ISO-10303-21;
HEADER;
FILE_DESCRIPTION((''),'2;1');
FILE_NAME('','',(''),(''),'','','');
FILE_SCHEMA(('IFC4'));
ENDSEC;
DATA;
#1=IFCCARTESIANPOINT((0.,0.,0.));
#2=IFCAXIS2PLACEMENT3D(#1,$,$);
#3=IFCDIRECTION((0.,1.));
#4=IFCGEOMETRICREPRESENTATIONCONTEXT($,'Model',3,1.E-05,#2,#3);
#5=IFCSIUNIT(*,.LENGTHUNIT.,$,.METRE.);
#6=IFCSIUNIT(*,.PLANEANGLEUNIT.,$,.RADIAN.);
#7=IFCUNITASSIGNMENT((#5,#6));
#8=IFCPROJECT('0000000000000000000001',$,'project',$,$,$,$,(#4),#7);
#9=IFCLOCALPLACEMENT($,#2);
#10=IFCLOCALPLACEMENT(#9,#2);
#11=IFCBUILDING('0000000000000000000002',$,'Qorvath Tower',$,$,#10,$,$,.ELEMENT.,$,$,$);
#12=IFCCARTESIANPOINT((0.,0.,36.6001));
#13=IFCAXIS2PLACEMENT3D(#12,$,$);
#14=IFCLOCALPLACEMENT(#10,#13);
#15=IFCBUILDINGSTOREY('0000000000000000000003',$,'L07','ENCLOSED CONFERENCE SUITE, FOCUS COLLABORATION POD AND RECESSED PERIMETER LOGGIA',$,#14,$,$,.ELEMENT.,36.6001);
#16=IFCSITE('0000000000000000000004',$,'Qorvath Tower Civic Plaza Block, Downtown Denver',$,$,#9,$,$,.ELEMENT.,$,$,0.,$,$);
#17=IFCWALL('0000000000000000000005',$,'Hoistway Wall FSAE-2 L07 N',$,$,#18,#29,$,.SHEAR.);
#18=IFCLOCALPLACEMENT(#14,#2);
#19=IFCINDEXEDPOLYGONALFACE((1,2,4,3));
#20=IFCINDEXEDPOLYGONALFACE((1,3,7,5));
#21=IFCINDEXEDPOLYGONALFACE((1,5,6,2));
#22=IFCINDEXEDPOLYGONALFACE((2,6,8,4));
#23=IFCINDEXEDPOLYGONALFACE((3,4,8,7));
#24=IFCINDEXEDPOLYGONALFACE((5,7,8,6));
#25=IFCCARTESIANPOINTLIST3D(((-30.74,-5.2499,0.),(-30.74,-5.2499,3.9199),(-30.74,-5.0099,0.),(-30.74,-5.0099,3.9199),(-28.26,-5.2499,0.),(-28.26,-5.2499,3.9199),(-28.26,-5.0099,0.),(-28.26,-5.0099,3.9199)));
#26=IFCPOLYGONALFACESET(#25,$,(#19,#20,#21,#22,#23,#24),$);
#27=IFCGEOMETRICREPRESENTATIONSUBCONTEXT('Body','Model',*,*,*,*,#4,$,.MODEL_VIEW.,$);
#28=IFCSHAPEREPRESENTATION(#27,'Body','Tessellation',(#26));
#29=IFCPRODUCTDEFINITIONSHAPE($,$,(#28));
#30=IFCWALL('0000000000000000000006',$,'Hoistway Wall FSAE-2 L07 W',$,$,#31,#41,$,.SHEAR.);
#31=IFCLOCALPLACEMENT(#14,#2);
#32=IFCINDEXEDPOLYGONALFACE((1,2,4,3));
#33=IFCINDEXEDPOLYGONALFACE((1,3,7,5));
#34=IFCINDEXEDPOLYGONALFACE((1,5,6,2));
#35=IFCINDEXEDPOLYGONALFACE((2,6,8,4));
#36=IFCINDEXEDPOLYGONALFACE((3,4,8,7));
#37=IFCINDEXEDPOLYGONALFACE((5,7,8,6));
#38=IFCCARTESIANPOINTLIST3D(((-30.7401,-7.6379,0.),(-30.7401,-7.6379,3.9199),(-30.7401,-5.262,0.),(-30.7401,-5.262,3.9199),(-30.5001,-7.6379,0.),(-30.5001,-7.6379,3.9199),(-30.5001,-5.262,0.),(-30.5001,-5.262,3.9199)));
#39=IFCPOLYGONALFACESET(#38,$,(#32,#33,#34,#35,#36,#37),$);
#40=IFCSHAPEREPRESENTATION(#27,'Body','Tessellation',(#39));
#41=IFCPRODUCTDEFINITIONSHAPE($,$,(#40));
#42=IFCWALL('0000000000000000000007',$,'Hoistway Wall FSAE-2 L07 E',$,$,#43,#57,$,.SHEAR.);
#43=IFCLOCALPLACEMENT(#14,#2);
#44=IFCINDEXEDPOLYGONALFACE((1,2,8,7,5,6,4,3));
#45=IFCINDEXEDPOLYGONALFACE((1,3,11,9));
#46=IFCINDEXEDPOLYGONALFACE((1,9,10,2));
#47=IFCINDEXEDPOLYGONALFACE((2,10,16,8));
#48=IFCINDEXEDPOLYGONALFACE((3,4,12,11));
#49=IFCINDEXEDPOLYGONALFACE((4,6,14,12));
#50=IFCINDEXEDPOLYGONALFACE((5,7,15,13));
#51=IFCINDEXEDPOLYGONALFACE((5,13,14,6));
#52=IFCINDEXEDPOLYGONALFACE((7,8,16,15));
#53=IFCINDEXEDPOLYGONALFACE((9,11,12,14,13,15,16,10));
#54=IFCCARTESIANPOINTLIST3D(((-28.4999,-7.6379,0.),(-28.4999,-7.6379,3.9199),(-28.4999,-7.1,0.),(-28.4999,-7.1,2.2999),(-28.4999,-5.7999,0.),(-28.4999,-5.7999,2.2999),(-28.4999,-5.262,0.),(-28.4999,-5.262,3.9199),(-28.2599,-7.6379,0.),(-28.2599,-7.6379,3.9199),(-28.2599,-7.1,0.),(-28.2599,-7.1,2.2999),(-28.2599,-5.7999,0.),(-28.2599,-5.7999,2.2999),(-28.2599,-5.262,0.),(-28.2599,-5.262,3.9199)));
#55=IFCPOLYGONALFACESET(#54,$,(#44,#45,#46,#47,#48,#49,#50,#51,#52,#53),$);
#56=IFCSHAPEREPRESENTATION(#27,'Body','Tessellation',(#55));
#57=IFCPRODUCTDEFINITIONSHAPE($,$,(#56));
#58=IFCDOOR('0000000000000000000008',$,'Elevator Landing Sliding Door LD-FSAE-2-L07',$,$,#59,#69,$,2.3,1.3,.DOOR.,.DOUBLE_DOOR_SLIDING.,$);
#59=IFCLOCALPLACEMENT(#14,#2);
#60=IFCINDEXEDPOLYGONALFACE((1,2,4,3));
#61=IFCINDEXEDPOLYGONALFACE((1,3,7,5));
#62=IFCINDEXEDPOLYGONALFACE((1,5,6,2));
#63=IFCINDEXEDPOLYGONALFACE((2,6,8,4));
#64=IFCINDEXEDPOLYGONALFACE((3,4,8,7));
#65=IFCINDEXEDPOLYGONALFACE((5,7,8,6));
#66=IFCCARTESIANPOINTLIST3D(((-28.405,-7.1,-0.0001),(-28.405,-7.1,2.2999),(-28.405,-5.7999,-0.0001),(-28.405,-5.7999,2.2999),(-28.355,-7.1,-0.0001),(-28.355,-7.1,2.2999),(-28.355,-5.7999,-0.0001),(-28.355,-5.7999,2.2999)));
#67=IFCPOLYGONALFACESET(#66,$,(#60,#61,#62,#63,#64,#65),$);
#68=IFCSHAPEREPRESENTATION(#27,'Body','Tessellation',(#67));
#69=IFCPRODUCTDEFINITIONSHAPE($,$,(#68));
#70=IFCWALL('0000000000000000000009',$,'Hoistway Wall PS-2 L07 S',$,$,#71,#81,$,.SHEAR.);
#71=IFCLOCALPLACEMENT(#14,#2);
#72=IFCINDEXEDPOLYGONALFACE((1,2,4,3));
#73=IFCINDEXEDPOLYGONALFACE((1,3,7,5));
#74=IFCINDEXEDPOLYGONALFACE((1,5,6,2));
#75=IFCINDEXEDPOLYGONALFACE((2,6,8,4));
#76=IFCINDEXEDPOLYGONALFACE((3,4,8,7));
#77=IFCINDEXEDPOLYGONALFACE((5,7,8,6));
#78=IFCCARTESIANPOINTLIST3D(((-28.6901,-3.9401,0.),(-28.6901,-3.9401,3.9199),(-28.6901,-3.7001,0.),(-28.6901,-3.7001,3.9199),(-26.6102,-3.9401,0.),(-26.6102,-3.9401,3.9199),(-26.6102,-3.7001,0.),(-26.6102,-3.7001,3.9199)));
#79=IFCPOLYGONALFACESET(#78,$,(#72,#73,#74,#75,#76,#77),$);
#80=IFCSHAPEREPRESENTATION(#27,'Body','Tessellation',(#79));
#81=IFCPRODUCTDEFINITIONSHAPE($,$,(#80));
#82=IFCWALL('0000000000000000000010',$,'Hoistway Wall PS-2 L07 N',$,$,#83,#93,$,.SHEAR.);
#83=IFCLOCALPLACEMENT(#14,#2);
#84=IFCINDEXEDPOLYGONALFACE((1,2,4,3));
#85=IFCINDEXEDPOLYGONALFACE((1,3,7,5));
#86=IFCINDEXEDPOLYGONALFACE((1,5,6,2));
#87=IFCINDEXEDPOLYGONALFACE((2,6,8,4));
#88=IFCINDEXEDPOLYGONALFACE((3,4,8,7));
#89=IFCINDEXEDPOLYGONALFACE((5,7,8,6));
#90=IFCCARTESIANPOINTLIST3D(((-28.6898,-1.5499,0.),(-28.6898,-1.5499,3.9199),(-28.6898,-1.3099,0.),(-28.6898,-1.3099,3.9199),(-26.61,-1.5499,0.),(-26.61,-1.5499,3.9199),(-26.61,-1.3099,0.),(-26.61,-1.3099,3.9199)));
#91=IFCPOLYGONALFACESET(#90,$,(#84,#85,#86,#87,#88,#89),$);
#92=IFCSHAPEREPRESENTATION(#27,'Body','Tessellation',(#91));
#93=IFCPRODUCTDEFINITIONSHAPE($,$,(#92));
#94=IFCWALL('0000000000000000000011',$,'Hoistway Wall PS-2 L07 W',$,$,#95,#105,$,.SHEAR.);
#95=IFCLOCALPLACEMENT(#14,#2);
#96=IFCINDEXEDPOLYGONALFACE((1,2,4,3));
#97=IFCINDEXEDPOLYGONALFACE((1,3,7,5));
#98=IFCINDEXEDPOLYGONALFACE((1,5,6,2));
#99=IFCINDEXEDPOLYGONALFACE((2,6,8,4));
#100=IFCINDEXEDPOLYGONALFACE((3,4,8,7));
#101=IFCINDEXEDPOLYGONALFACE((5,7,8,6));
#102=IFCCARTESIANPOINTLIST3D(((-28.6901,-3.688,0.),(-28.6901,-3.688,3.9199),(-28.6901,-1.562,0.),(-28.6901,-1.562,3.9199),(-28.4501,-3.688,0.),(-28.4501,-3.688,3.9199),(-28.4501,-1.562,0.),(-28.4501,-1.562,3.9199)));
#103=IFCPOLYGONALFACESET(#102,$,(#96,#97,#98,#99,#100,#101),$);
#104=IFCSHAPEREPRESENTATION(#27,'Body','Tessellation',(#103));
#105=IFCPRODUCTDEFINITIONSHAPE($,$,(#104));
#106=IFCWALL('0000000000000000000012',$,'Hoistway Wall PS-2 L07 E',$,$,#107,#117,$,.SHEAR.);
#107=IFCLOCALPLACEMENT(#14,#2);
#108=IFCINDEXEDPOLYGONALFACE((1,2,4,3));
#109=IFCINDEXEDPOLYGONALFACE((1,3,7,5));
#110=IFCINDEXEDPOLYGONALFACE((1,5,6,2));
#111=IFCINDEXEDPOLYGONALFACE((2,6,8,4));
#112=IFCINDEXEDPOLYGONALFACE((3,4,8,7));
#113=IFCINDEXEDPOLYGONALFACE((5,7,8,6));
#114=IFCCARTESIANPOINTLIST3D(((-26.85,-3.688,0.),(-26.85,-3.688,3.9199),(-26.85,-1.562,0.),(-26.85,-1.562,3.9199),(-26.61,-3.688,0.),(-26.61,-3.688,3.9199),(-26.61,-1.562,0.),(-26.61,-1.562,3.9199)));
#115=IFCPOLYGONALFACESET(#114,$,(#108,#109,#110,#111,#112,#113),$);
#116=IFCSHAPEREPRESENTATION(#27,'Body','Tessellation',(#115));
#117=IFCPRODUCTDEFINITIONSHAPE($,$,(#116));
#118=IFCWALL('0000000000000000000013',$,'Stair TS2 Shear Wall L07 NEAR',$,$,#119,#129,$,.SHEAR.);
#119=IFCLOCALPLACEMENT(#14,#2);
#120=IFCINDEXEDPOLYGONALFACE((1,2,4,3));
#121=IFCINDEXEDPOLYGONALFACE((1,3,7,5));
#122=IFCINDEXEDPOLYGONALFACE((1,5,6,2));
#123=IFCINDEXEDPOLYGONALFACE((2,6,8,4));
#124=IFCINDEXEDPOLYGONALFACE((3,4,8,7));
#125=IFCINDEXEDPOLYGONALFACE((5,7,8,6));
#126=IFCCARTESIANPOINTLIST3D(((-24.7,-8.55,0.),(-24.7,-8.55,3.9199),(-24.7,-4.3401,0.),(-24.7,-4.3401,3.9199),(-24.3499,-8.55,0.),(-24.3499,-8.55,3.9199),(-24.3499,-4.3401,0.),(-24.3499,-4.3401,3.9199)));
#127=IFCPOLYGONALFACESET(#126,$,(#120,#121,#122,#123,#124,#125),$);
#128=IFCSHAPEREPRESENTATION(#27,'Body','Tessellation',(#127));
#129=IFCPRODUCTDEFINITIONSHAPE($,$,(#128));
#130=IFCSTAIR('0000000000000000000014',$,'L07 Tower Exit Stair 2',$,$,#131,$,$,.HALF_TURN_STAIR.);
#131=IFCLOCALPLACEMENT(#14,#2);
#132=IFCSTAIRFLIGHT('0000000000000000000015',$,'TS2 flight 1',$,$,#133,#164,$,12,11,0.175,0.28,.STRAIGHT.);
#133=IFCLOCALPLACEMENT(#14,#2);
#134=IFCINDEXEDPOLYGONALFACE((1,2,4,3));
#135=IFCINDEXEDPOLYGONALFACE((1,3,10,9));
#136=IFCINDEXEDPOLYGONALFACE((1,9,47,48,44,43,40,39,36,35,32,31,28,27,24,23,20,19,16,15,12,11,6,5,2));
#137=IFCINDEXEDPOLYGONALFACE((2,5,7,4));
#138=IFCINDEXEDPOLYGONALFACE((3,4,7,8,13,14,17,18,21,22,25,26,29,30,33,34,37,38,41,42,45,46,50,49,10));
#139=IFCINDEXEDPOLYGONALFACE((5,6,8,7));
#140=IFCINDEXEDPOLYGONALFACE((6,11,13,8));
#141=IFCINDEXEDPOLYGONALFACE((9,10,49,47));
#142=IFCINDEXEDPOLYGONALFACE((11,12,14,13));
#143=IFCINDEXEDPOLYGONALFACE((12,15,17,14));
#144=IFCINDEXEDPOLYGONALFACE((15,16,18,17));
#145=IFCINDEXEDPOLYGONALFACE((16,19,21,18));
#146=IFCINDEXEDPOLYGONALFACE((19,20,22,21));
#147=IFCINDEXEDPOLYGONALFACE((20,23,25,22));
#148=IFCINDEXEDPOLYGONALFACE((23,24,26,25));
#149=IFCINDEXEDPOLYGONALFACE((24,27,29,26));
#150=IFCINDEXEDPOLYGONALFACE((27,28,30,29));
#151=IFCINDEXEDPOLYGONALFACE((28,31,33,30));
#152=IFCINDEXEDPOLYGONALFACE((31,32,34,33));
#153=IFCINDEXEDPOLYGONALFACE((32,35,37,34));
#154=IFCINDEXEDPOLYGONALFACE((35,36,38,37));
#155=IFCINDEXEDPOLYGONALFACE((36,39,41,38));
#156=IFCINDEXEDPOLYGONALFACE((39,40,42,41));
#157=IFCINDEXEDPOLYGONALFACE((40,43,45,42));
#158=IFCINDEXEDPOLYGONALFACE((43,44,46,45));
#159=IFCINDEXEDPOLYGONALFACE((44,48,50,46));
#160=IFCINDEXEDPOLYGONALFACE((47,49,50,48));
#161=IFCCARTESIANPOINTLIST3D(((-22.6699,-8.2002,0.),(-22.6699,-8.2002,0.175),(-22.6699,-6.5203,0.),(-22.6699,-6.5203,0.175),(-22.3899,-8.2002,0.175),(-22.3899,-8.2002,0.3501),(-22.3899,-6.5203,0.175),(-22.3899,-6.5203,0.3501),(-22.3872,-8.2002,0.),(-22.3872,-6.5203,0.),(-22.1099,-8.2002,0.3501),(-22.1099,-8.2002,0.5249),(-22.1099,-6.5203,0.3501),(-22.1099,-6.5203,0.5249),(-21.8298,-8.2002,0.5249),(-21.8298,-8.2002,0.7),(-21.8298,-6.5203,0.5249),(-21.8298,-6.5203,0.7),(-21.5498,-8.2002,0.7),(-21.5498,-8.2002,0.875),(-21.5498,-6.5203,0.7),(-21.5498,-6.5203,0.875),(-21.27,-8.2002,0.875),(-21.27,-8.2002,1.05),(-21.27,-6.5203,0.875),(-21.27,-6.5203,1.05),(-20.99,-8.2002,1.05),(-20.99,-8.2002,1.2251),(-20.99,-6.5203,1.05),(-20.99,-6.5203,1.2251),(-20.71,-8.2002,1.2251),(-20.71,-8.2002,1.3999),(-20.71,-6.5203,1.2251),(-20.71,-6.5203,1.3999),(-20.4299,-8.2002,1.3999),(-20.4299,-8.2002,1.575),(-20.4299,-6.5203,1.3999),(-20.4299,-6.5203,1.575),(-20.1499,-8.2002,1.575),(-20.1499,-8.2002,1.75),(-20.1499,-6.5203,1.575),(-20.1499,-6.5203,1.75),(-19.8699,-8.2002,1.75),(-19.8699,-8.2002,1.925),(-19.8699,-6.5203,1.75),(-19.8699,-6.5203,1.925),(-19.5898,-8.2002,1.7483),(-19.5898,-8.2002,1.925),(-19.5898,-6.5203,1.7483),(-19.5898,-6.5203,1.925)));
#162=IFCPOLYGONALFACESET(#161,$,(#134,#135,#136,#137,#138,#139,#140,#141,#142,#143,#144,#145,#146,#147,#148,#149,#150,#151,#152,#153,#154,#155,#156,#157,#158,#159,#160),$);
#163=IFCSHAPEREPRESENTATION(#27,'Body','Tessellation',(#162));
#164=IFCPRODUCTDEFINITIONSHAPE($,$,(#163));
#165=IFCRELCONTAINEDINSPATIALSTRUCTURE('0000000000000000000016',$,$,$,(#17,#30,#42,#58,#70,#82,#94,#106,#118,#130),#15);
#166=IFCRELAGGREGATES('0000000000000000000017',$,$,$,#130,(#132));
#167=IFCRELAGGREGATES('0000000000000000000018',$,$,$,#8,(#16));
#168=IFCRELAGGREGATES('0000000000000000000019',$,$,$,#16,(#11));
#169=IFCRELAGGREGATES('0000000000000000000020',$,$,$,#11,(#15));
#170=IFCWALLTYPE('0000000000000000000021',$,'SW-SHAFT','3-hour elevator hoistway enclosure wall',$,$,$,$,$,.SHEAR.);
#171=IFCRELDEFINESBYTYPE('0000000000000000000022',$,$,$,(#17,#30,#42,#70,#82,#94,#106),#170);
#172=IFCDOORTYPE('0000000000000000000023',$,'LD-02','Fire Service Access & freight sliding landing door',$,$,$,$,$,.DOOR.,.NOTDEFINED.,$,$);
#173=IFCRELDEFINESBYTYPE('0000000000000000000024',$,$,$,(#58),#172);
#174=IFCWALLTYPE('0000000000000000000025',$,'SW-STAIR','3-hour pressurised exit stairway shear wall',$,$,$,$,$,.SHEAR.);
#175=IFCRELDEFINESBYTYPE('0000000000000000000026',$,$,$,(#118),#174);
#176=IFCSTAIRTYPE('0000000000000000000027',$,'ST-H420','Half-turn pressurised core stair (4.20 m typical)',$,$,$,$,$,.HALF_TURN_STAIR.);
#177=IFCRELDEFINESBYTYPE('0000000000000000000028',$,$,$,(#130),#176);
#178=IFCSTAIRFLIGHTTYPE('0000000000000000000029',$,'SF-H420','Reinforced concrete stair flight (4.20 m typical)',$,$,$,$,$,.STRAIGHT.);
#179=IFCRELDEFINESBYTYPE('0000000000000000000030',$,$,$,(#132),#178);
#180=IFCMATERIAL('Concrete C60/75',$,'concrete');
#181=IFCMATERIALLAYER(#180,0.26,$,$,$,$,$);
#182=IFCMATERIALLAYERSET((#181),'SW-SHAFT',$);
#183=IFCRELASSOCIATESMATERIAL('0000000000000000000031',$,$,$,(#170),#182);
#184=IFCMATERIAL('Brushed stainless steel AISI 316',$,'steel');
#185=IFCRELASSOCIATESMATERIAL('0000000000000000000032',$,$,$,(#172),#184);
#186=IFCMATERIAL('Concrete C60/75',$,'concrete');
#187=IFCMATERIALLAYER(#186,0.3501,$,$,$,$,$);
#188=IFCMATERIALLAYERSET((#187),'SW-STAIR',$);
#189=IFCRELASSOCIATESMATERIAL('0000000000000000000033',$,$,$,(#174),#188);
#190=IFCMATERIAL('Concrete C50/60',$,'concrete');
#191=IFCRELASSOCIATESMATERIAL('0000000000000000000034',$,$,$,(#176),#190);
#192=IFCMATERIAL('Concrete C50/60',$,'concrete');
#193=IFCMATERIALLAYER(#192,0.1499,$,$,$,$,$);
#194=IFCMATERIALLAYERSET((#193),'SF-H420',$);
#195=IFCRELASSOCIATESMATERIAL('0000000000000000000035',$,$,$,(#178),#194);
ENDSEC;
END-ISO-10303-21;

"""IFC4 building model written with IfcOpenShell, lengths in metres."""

from ifc_helpers import new_model, si_unit, direction, frame, frame_2d, origin, place, context, subcontext, project, spatial, polyline, rectangle, outline, extrude, material, layer, layer_set, type_object, element, fill, aggregate, save


model = new_model("IFC4")

# Units and contexts
model_context = context("Model", 3, precision=1e-05, world=origin(), true_north=direction((0.0, 1.0)))
body_context = subcontext(model_context, "Body", "Model", "MODEL_VIEW")
ifc_project = project(units=[si_unit("LENGTHUNIT", "METRE"), si_unit("PLANEANGLEUNIT", "RADIAN")], contexts=[model_context])

# Site, building, storey
site_placement = place(None, origin())
site = spatial("IfcSite", under=ifc_project, at=site_placement, Name="Qorvath Tower Civic Plaza Block, Downtown Denver", CompositionType="ELEMENT", RefElevation=0.0)
building_placement = place(site_placement, origin())
building = spatial("IfcBuilding", under=site, at=building_placement, Name="Qorvath Tower", CompositionType="ELEMENT")
storey_placement = place(building_placement, frame((0.0, 0.0, 36.6001)))
storey = spatial("IfcBuildingStorey", under=building, at=storey_placement, Name="L07", Description="ENCLOSED CONFERENCE SUITE, FOCUS COLLABORATION POD AND RECESSED PERIMETER LOGGIA", CompositionType="ELEMENT", Elevation=36.6001)

# Walls
ifc_material_1 = material(Name="Concrete C60/75", Category="concrete")
ifc_layer_1 = layer(ifc_material_1, 0.26)
ifc_layer_set_1 = layer_set([ifc_layer_1], Name="SW-SHAFT")
wall_type_1 = type_object("IfcWallType", Name="SW-SHAFT", Description="3-hour elevator hoistway enclosure wall", PredefinedType="SHEAR", material=ifc_layer_set_1)
for number, where, z_axis, x_axis, name in (
    (1, (-30.74, -5.1299, 0.0), (0.0, 0.0, 1.0), (1.0, 0.0, 0.0), "Hoistway Wall FSAE-2 L07 N"),
):
    element("IfcWall", number, at=place(storey_placement, frame(where, z_axis=z_axis, x_axis=x_axis)), inside=storey, type_object=wall_type_1, Name=name, PredefinedType="SHEAR", context=body_context, shape_type="SweptSolid", body=[
        extrude(rectangle(XDim=2.48, YDim=0.24, at=frame_2d((1.24, 0.0))), origin(), (0.0, 0.0, 1.0), 3.9199),
    ])
wall_1_placement = place(storey_placement, frame((-30.6201, -7.6379, 0.0), z_axis=(0.0, 0.0, 1.0), x_axis=(0.0, 1.0, 0.0)))
element("IfcWall", 2, at=wall_1_placement, inside=storey, type_object=wall_type_1, Name="Hoistway Wall FSAE-2 L07 W", PredefinedType="SHEAR", context=body_context, shape_type="SweptSolid", body=[
    extrude(rectangle(XDim=2.376, YDim=0.24, at=frame_2d((1.188, 0.0))), origin(), (0.0, 0.0, 1.0), 3.9199),
])

# Wall, opening, door
wall_2_placement = place(storey_placement, frame((-28.3799, -5.262, 0.0), z_axis=(0.0, 0.0, 1.0), x_axis=(0.0, -1.0, 0.0)))
wall_2 = element("IfcWall", 3, at=wall_2_placement, inside=storey, type_object=wall_type_1, Name="Hoistway Wall FSAE-2 L07 E", PredefinedType="SHEAR", context=body_context, shape_type="SweptSolid", body=[
    extrude(rectangle(XDim=2.376, YDim=0.24, at=frame_2d((1.188, 0.0))), origin(), (0.0, 0.0, 1.0), 3.9199),
])
opening_1_placement = place(wall_2_placement, frame((0.5381, 0.0, 0.0)))
opening_1 = element("IfcOpeningElement", 4, at=opening_1_placement, cuts=wall_2, PredefinedType="OPENING", context=body_context, shape_type="SweptSolid", body=[
    extrude(rectangle(XDim=1.3, YDim=2.3, at=frame_2d((0.6499, 1.1499))), frame((0.0, 0.1299, 0.0), z_axis=(0.0, -1.0, 0.0), x_axis=(1.0, 0.0, 0.0)), (0.0, 0.0, 1.0), 0.26),
])
ifc_material_2 = material(Name="Brushed stainless steel AISI 316", Category="steel")
door_type_1 = type_object("IfcDoorType", Name="LD-02", Description="Fire Service Access & freight sliding landing door", OperationType="NOTDEFINED", PredefinedType="DOOR", material=ifc_material_2)
door_1_placement = place(opening_1_placement, origin())
door_1 = element("IfcDoor", 5, at=door_1_placement, inside=storey, type_object=door_type_1, Name="Elevator Landing Sliding Door LD-FSAE-2-L07", OperationType="DOUBLE_DOOR_SLIDING", OverallHeight=2.3, OverallWidth=1.3, PredefinedType="DOOR", context=body_context, shape_type="SweptSolid", body=[
    extrude(rectangle(XDim=1.3, YDim=2.3, at=frame_2d((0.6499, 1.1499))), frame((0.0, 0.0249, 0.0), z_axis=(0.0, -1.0, 0.0), x_axis=(1.0, 0.0, 0.0)), (0.0, 0.0, 1.0), 0.05),
])
fill(opening_1, door_1)

# Walls
for number, where, z_axis, x_axis, name in (
    (6, (-26.6101, -3.8201, 0.0), (0.0, 0.0, 1.0), (-1.0, 0.0, 0.0), "Hoistway Wall PS-2 L07 S"),
    (7, (-28.6899, -1.4299, 0.0), (0.0, 0.0, 1.0), (1.0, 0.0, 0.0), "Hoistway Wall PS-2 L07 N"),
):
    element("IfcWall", number, at=place(storey_placement, frame(where, z_axis=z_axis, x_axis=x_axis)), inside=storey, type_object=wall_type_1, Name=name, PredefinedType="SHEAR", context=body_context, shape_type="SweptSolid", body=[
        extrude(rectangle(XDim=2.0798, YDim=0.24, at=frame_2d((1.04, 0.0))), origin(), (0.0, 0.0, 1.0), 3.9199),
    ])
for number, where, z_axis, x_axis, name in (
    (8, (-28.5701, -3.688, 0.0), (0.0, 0.0, 1.0), (0.0, 1.0, 0.0), "Hoistway Wall PS-2 L07 W"),
    (9, (-26.73, -1.562, 0.0), (0.0, 0.0, 1.0), (0.0, -1.0, 0.0), "Hoistway Wall PS-2 L07 E"),
):
    element("IfcWall", number, at=place(storey_placement, frame(where, z_axis=z_axis, x_axis=x_axis)), inside=storey, type_object=wall_type_1, Name=name, PredefinedType="SHEAR", context=body_context, shape_type="SweptSolid", body=[
        extrude(rectangle(XDim=2.126, YDim=0.24, at=frame_2d((1.063, 0.0))), origin(), (0.0, 0.0, 1.0), 3.9199),
    ])
ifc_material_3 = material(Name="Concrete C60/75", Category="concrete")
ifc_layer_2 = layer(ifc_material_3, 0.3501)
ifc_layer_set_2 = layer_set([ifc_layer_2], Name="SW-STAIR")
wall_type_2 = type_object("IfcWallType", Name="SW-STAIR", Description="3-hour pressurised exit stairway shear wall", PredefinedType="SHEAR", material=ifc_layer_set_2)
wall_3_placement = place(storey_placement, frame((-24.5249, -4.3401, 0.0), z_axis=(0.0, 0.0, 1.0), x_axis=(0.0, -1.0, 0.0)))
element("IfcWall", 10, at=wall_3_placement, inside=storey, type_object=wall_type_2, Name="Stair TS2 Shear Wall L07 NEAR", PredefinedType="SHEAR", context=body_context, shape_type="SweptSolid", body=[
    extrude(rectangle(XDim=4.21, YDim=0.3501, at=frame_2d((2.105, 0.0))), origin(), (0.0, 0.0, 1.0), 3.9199),
])

# Stair, stair flight
ifc_material_4 = material(Name="Concrete C50/60", Category="concrete")
stair_type = type_object("IfcStairType", Name="ST-H420", Description="Half-turn pressurised core stair (4.20 m typical)", PredefinedType="HALF_TURN_STAIR", material=ifc_material_4)
stair_placement = place(storey_placement, origin())
stair = element("IfcStair", 11, at=stair_placement, inside=storey, type_object=stair_type, Name="L07 Tower Exit Stair 2", PredefinedType="HALF_TURN_STAIR")
ifc_material_5 = material(Name="Concrete C50/60", Category="concrete")
ifc_layer_3 = layer(ifc_material_5, 0.1499)
ifc_layer_set_3 = layer_set([ifc_layer_3], Name="SF-H420")
stair_flight_type = type_object("IfcStairFlightType", Name="SF-H420", Description="Reinforced concrete stair flight (4.20 m typical)", PredefinedType="STRAIGHT", material=ifc_layer_set_3)
stair_flight_placement = place(storey_placement, frame((-22.6699, -7.3601, 0.0), z_axis=(0.0, 0.0, 1.0), x_axis=(1.0, 0.0, 0.0)))
stair_flight = element("IfcStairFlight", 12, at=stair_flight_placement, type_object=stair_flight_type, Name="TS2 flight 1", NumberOfRisers=12, NumberOfTreads=11, PredefinedType="STRAIGHT", RiserHeight=0.175, TreadLength=0.28, context=body_context, shape_type="SweptSolid", body=[
    extrude(outline(polyline([(0.0, 0.0), (0.0, 0.175), (0.28, 0.175), (0.28, 0.3501), (0.5601, 0.3501), (0.5601, 0.5249), (0.8401, 0.5249), (0.8401, 0.7), (1.1201, 0.7), (1.1201, 0.875), (1.3999, 0.875), (1.3999, 1.05), (1.6799, 1.05), (1.6799, 1.2251), (1.96, 1.2251), (1.96, 1.3999), (2.24, 1.3999), (2.24, 1.575), (2.52, 1.575), (2.52, 1.75), (2.8, 1.75), (2.8, 1.925), (3.0801, 1.925), (3.0801, 2.1001), (3.0801, 1.7483), (0.2827, 0.0), (0.0, 0.0)])), frame((0.0, 0.8398, 0.0), z_axis=(0.0, -1.0, 0.0), x_axis=(1.0, 0.0, 0.0)), (0.0, 0.0, 1.0), 1.6799),
])
aggregate(stair, [stair_flight])

save(model, "model.ifc")
